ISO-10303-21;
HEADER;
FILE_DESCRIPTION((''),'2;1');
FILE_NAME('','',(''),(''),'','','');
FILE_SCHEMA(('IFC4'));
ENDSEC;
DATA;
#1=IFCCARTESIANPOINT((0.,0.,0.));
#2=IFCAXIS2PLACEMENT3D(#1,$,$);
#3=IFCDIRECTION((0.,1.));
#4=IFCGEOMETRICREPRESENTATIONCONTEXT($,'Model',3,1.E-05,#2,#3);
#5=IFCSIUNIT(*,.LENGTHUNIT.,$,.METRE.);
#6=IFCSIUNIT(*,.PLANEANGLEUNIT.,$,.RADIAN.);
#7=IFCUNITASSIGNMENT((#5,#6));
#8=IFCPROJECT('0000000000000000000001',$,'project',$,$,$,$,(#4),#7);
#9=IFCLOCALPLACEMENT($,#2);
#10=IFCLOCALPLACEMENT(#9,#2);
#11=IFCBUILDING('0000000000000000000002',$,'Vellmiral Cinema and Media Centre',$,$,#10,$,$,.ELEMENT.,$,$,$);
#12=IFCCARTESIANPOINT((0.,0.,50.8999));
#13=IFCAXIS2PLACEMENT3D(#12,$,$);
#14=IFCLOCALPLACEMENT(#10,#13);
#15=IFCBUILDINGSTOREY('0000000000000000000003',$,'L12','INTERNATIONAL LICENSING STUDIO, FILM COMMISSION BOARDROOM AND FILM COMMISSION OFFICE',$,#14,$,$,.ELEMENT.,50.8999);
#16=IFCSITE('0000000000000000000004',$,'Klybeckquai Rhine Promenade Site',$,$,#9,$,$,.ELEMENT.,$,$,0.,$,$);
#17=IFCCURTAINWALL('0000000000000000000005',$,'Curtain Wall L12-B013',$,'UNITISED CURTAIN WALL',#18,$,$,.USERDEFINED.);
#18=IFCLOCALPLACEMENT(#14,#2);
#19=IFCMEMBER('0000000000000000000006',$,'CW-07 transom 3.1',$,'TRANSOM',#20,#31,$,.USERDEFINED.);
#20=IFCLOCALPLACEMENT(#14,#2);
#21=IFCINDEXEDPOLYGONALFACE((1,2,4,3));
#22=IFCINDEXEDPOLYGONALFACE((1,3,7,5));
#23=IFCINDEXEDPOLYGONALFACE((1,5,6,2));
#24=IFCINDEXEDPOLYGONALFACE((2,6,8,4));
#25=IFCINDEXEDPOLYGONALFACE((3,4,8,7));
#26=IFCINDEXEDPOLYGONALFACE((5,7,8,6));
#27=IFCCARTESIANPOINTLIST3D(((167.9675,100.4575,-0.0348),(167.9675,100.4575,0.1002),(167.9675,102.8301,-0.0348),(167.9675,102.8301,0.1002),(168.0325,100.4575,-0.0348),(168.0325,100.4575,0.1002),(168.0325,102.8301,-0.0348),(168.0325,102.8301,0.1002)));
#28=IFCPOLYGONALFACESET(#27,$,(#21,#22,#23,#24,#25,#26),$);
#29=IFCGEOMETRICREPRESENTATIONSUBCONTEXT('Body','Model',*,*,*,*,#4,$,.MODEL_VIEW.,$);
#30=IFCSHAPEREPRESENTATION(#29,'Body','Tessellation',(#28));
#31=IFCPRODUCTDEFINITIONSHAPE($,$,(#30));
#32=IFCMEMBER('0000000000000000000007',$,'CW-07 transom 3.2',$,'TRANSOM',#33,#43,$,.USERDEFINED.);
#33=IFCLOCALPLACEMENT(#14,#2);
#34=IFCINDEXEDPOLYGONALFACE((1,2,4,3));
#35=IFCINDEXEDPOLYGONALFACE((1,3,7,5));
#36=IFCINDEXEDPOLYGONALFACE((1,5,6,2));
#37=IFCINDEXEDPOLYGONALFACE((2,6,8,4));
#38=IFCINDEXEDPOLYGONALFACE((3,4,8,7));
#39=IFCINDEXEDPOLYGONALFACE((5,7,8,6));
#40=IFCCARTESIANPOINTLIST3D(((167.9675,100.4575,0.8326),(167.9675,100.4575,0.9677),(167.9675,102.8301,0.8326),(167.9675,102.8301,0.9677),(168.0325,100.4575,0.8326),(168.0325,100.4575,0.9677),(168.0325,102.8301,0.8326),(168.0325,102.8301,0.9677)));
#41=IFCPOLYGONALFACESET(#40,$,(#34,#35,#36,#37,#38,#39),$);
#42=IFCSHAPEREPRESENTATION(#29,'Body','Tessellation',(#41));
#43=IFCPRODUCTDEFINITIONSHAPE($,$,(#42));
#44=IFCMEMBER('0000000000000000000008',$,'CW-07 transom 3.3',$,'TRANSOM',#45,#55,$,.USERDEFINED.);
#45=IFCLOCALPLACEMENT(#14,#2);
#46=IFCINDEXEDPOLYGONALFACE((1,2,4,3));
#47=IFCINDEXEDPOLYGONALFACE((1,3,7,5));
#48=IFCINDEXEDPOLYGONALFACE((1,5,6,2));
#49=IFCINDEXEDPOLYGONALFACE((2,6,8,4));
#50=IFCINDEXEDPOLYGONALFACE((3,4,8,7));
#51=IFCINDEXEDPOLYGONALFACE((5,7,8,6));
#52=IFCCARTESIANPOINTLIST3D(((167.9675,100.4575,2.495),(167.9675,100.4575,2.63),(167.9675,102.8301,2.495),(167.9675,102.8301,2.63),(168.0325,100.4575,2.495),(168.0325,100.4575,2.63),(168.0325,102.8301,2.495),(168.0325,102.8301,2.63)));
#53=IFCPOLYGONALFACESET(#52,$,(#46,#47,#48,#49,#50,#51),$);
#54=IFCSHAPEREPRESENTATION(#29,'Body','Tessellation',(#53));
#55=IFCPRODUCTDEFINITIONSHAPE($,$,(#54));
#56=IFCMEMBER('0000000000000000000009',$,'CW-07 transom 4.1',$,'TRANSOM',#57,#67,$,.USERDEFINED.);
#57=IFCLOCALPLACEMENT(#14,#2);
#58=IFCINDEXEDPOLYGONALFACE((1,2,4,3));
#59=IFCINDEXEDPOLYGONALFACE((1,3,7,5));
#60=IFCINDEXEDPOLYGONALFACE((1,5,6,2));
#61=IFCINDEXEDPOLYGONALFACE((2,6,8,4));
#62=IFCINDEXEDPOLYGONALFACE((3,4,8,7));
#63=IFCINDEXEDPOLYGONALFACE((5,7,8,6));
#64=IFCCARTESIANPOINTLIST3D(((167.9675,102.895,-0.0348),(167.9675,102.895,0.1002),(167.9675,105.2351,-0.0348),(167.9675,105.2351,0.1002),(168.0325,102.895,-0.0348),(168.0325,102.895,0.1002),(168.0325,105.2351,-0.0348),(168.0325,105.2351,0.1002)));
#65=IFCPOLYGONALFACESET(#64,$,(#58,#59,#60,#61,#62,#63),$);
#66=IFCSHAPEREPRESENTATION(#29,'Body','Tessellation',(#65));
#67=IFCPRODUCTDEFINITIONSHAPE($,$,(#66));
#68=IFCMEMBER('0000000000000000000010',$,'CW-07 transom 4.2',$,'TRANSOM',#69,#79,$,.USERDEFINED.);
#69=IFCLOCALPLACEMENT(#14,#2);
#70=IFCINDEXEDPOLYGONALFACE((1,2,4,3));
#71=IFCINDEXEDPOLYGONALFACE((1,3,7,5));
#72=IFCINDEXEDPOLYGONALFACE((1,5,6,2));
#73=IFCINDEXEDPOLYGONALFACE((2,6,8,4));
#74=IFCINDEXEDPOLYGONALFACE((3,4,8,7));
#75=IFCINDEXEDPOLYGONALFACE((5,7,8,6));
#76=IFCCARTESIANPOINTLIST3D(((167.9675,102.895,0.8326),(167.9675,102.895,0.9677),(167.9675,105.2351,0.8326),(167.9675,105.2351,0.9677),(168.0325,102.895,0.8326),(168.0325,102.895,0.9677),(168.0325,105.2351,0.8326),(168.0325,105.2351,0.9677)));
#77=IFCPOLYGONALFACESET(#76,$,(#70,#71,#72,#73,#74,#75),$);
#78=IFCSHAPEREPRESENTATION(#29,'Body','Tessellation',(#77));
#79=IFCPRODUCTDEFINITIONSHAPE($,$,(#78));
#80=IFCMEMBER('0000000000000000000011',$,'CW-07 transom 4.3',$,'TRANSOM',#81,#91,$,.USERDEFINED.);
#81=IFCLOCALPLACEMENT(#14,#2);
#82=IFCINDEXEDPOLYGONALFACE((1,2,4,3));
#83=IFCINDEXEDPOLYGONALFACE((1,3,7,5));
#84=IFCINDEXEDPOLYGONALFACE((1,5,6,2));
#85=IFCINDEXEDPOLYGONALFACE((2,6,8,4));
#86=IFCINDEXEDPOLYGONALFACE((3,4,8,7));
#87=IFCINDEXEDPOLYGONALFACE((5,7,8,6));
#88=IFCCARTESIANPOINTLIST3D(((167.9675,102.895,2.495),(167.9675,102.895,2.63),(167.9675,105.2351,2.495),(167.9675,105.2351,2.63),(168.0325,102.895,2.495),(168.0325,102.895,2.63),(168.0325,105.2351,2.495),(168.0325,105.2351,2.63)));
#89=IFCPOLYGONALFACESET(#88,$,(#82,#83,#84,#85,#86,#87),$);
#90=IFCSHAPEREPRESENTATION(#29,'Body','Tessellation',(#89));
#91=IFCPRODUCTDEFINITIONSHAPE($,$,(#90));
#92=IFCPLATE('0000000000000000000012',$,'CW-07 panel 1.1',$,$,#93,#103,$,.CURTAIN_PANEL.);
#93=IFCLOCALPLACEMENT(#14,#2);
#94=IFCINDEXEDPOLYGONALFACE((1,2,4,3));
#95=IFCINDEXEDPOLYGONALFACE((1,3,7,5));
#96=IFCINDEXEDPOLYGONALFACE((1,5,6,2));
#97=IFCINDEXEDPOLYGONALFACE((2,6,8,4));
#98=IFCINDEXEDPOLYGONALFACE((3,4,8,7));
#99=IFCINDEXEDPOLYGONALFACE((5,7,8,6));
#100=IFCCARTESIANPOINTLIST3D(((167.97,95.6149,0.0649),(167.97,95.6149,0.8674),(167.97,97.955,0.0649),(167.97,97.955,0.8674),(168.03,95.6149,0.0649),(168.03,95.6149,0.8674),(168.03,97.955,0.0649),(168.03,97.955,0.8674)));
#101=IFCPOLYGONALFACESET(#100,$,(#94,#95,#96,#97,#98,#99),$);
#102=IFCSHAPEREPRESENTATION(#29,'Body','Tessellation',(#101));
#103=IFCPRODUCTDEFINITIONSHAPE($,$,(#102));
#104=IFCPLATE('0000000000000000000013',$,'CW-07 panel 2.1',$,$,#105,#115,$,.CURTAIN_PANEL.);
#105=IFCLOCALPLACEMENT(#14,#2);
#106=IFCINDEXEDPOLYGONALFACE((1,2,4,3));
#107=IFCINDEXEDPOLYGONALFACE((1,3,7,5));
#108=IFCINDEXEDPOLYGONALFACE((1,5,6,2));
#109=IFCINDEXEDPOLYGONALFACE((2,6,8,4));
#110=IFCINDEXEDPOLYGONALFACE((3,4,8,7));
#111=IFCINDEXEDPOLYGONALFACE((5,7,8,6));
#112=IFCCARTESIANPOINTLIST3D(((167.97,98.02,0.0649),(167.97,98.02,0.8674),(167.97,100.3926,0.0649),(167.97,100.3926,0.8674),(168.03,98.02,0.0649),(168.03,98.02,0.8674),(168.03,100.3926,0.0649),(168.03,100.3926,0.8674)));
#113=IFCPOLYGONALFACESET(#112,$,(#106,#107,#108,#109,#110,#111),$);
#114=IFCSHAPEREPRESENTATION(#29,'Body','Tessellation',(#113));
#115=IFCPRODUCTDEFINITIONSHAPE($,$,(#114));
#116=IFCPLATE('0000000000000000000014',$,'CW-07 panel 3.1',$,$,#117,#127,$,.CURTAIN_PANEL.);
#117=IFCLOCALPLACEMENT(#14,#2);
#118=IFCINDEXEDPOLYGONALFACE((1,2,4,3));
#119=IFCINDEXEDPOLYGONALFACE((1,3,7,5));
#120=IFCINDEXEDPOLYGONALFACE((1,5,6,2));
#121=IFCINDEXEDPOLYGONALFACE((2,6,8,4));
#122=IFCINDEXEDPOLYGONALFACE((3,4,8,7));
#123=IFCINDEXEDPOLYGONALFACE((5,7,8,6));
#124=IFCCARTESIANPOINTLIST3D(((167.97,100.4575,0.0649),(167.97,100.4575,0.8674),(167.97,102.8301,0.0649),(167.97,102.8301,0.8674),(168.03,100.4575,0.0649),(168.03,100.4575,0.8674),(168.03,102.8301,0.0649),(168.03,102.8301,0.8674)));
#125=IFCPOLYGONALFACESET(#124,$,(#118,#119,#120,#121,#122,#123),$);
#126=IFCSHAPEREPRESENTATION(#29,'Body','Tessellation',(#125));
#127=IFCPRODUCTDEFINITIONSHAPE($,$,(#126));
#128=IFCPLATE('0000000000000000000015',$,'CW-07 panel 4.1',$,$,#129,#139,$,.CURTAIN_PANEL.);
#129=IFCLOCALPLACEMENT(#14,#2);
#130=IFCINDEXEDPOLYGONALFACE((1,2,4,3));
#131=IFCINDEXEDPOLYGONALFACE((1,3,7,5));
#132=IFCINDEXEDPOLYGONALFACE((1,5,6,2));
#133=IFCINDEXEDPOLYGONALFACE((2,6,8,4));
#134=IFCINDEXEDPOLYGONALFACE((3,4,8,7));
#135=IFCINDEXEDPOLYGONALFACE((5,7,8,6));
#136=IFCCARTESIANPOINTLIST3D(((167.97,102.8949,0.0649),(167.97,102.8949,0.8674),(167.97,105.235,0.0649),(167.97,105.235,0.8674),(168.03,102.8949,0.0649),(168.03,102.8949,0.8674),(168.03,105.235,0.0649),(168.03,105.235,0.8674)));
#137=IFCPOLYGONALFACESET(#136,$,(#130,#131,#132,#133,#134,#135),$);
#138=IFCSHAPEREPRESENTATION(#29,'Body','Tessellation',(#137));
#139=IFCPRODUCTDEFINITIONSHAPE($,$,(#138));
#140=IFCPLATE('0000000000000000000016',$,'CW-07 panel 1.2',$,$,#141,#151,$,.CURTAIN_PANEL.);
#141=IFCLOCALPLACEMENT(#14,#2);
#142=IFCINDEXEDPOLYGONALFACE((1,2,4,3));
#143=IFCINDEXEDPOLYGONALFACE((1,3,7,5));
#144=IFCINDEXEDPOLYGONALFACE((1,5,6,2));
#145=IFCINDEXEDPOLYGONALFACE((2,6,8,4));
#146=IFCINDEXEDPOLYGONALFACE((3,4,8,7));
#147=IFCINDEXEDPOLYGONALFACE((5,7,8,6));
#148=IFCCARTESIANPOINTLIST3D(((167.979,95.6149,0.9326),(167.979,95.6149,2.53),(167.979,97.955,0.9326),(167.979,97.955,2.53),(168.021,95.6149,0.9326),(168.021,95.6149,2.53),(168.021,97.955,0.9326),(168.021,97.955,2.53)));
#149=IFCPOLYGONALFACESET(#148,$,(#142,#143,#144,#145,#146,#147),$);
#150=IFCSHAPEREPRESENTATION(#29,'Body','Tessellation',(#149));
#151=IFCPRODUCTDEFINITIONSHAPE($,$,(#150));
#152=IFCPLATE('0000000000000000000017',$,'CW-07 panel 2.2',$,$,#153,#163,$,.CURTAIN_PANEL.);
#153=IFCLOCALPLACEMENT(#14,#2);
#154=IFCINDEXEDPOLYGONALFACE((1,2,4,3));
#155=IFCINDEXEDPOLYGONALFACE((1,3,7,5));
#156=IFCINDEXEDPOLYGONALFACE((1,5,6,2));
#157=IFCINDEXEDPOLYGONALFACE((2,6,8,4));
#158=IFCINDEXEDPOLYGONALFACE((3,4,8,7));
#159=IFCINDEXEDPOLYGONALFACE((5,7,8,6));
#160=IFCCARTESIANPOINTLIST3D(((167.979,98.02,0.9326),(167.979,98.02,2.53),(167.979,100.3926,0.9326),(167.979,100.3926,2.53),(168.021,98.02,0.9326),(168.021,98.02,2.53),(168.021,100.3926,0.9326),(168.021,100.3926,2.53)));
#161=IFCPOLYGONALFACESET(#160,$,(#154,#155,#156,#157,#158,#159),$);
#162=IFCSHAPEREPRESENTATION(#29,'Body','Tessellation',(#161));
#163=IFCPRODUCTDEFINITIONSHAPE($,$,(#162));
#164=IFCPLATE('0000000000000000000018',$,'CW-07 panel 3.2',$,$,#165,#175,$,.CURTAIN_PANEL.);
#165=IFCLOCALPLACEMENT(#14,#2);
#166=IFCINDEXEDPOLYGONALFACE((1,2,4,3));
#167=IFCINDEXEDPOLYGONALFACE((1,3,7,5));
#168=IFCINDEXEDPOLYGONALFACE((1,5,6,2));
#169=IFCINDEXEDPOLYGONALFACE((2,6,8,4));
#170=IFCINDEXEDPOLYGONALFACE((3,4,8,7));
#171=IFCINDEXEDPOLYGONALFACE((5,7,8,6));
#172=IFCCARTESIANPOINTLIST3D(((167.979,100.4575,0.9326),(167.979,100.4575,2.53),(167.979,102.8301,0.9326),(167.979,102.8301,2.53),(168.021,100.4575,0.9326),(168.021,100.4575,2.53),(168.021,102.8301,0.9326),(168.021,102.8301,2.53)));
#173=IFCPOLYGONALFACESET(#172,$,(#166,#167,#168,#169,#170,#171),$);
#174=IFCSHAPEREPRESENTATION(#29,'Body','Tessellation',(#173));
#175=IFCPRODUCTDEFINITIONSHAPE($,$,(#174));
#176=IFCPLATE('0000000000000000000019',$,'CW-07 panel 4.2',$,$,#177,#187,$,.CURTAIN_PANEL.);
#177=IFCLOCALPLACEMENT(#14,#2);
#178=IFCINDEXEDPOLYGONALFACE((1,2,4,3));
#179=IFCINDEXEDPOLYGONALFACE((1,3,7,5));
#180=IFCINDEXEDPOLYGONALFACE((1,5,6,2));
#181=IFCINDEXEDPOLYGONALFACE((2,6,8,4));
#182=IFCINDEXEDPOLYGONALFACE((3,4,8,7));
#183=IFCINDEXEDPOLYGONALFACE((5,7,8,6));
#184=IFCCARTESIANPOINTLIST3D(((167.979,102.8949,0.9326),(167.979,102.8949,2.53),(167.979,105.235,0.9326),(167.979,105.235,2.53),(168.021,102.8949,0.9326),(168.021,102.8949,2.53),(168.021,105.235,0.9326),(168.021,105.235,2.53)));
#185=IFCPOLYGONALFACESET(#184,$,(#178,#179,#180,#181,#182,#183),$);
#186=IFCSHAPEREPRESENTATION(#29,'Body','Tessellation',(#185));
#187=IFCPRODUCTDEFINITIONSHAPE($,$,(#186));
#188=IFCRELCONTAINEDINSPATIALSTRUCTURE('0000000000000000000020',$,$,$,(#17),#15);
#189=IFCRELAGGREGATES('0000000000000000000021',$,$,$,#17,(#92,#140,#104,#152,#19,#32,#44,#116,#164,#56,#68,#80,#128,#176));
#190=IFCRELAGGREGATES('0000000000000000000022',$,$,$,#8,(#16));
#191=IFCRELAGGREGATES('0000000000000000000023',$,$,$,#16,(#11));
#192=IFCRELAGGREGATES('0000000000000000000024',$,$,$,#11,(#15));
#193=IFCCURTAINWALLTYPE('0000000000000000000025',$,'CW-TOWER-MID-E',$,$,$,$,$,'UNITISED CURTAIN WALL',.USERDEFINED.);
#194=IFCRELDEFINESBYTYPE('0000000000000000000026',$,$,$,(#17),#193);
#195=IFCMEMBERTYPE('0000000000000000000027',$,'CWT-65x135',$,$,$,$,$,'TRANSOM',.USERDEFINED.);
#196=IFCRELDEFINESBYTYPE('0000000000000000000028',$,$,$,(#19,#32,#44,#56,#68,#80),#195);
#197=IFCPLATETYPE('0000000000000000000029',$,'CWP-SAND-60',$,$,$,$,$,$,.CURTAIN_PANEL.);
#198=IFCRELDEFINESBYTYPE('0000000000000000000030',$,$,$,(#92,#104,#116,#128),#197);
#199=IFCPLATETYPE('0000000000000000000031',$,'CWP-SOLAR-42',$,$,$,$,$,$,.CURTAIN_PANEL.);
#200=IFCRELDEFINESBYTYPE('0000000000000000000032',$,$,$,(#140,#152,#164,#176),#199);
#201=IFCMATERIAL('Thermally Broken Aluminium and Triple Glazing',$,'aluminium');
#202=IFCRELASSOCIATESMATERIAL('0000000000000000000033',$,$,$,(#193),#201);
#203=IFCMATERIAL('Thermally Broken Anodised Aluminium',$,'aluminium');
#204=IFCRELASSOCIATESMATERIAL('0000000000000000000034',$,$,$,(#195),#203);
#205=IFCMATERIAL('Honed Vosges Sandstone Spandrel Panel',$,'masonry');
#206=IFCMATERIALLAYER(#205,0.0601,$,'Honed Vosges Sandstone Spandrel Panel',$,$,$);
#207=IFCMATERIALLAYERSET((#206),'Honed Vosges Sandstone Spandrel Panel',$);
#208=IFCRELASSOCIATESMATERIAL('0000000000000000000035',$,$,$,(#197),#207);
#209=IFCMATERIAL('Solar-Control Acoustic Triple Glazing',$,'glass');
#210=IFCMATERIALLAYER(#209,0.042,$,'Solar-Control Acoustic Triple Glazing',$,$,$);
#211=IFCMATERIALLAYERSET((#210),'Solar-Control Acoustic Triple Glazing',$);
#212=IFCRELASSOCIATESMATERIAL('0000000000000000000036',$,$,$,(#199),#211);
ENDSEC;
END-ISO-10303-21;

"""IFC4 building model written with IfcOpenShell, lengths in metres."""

from ifc_helpers import new_model, si_unit, direction, frame, origin, origin_2d, place, context, subcontext, project, spatial, rectangle, extrude, material, layer, layer_set, material_profile, profile_set, type_object, element, aggregate, save


model = new_model("IFC4")

# Units and contexts
model_context = context("Model", 3, precision=1e-05, world=origin(), true_north=direction((0.0, 1.0)))
body_context = subcontext(model_context, "Body", "Model", "MODEL_VIEW")
ifc_project = project(units=[si_unit("LENGTHUNIT", "METRE"), si_unit("PLANEANGLEUNIT", "RADIAN")], contexts=[model_context])

# Site, building, storey
site_placement = place(None, origin())
site = spatial("IfcSite", under=ifc_project, at=site_placement, Name="Klybeckquai Rhine Promenade Site", CompositionType="ELEMENT", RefElevation=0.0)
building_placement = place(site_placement, origin())
building = spatial("IfcBuilding", under=site, at=building_placement, Name="Vellmiral Cinema and Media Centre", CompositionType="ELEMENT")
storey_placement = place(building_placement, frame((0.0, 0.0, 50.8999)))
storey = spatial("IfcBuildingStorey", under=building, at=storey_placement, Name="L12", Description="INTERNATIONAL LICENSING STUDIO, FILM COMMISSION BOARDROOM AND FILM COMMISSION OFFICE", CompositionType="ELEMENT", Elevation=50.8999)

# Curtain wall, members, plates
ifc_material_1 = material(Name="Thermally Broken Aluminium and Triple Glazing", Category="aluminium")
curtain_wall_type = type_object("IfcCurtainWallType", Name="CW-TOWER-MID-E", ElementType="UNITISED CURTAIN WALL", PredefinedType="USERDEFINED", material=ifc_material_1)
curtain_wall_placement = place(storey_placement, origin())
curtain_wall = element("IfcCurtainWall", 1, at=curtain_wall_placement, inside=storey, type_object=curtain_wall_type, Name="Curtain Wall L12-B013", ObjectType="UNITISED CURTAIN WALL", PredefinedType="USERDEFINED")
ifc_material_2 = material(Name="Thermally Broken Anodised Aluminium", Category="aluminium")
ifc_material_profile_1 = material_profile(ifc_material_2, rectangle(XDim=0.0649, YDim=0.135, at=origin_2d()), Name="MULL 65x135")
ifc_profile_set_1 = profile_set([ifc_material_profile_1], Name="Thermally Broken Anodised Aluminium")
member_type_1 = type_object("IfcMemberType", Name="CWT-65x135", ElementType="TRANSOM", PredefinedType="USERDEFINED", material=ifc_profile_set_1)
member_1_placement = place(storey_placement, frame((168.0, 100.4575, 0.0327), z_axis=(0.0, 1.0, 0.0), x_axis=(-1.0, 0.0, 0.0)))
member_1 = element("IfcMember", 2, at=member_1_placement, type_object=member_type_1, Name="CW-07 transom 3.1", ObjectType="TRANSOM", PredefinedType="USERDEFINED", context=body_context, shape_type="SweptSolid", body=[
    extrude(rectangle(XDim=0.0649, YDim=0.135, at=origin_2d()), origin(), (0.0, 0.0, 1.0), 2.3726),
])
member_2_placement = place(storey_placement, frame((168.0, 100.4575, 0.9001), z_axis=(0.0, 1.0, 0.0), x_axis=(-1.0, 0.0, 0.0)))
member_2 = element("IfcMember", 3, at=member_2_placement, type_object=member_type_1, Name="CW-07 transom 3.2", ObjectType="TRANSOM", PredefinedType="USERDEFINED", context=body_context, shape_type="SweptSolid", body=[
    extrude(rectangle(XDim=0.0649, YDim=0.135, at=origin_2d()), origin(), (0.0, 0.0, 1.0), 2.3726),
])
member_3_placement = place(storey_placement, frame((168.0, 100.4575, 2.5625), z_axis=(0.0, 1.0, 0.0), x_axis=(-1.0, 0.0, 0.0)))
member_3 = element("IfcMember", 4, at=member_3_placement, type_object=member_type_1, Name="CW-07 transom 3.3", ObjectType="TRANSOM", PredefinedType="USERDEFINED", context=body_context, shape_type="SweptSolid", body=[
    extrude(rectangle(XDim=0.0649, YDim=0.135, at=origin_2d()), origin(), (0.0, 0.0, 1.0), 2.3726),
])
member_4_placement = place(storey_placement, frame((168.0, 102.895, 0.0327), z_axis=(0.0, 1.0, 0.0), x_axis=(-1.0, 0.0, 0.0)))
member_4 = element("IfcMember", 5, at=member_4_placement, type_object=member_type_1, Name="CW-07 transom 4.1", ObjectType="TRANSOM", PredefinedType="USERDEFINED", context=body_context, shape_type="SweptSolid", body=[
    extrude(rectangle(XDim=0.0649, YDim=0.135, at=origin_2d()), origin(), (0.0, 0.0, 1.0), 2.3401),
])
member_5_placement = place(storey_placement, frame((168.0, 102.895, 0.9001), z_axis=(0.0, 1.0, 0.0), x_axis=(-1.0, 0.0, 0.0)))
member_5 = element("IfcMember", 6, at=member_5_placement, type_object=member_type_1, Name="CW-07 transom 4.2", ObjectType="TRANSOM", PredefinedType="USERDEFINED", context=body_context, shape_type="SweptSolid", body=[
    extrude(rectangle(XDim=0.0649, YDim=0.135, at=origin_2d()), origin(), (0.0, 0.0, 1.0), 2.3401),
])
member_6_placement = place(storey_placement, frame((168.0, 102.895, 2.5625), z_axis=(0.0, 1.0, 0.0), x_axis=(-1.0, 0.0, 0.0)))
member_6 = element("IfcMember", 7, at=member_6_placement, type_object=member_type_1, Name="CW-07 transom 4.3", ObjectType="TRANSOM", PredefinedType="USERDEFINED", context=body_context, shape_type="SweptSolid", body=[
    extrude(rectangle(XDim=0.0649, YDim=0.135, at=origin_2d()), origin(), (0.0, 0.0, 1.0), 2.3401),
])
ifc_material_3 = material(Name="Honed Vosges Sandstone Spandrel Panel", Category="masonry")
ifc_layer_1 = layer(ifc_material_3, 0.0601, Name="Honed Vosges Sandstone Spandrel Panel")
ifc_layer_set_1 = layer_set([ifc_layer_1], Name="Honed Vosges Sandstone Spandrel Panel")
plate_type_1 = type_object("IfcPlateType", Name="CWP-SAND-60", PredefinedType="CURTAIN_PANEL", material=ifc_layer_set_1)
plate_1_placement = place(storey_placement, frame((168.0, 96.7849, 0.0649), z_axis=(0.0, 0.0, 1.0), x_axis=(0.0, 1.0, 0.0)))
plate_1 = element("IfcPlate", 8, at=plate_1_placement, type_object=plate_type_1, Name="CW-07 panel 1.1", PredefinedType="CURTAIN_PANEL", context=body_context, shape_type="SweptSolid", body=[
    extrude(rectangle(XDim=2.3401, YDim=0.0601, at=origin_2d()), origin(), (0.0, 0.0, 1.0), 0.8025),
])
plate_2_placement = place(storey_placement, frame((168.0, 99.2063, 0.0649), z_axis=(0.0, 0.0, 1.0), x_axis=(0.0, 1.0, 0.0)))
plate_2 = element("IfcPlate", 9, at=plate_2_placement, type_object=plate_type_1, Name="CW-07 panel 2.1", PredefinedType="CURTAIN_PANEL", context=body_context, shape_type="SweptSolid", body=[
    extrude(rectangle(XDim=2.3726, YDim=0.0601, at=origin_2d()), origin(), (0.0, 0.0, 1.0), 0.8025),
])
plate_3_placement = place(storey_placement, frame((168.0, 101.6438, 0.0649), z_axis=(0.0, 0.0, 1.0), x_axis=(0.0, 1.0, 0.0)))
plate_3 = element("IfcPlate", 10, at=plate_3_placement, type_object=plate_type_1, Name="CW-07 panel 3.1", PredefinedType="CURTAIN_PANEL", context=body_context, shape_type="SweptSolid", body=[
    extrude(rectangle(XDim=2.3726, YDim=0.0601, at=origin_2d()), origin(), (0.0, 0.0, 1.0), 0.8025),
])
plate_4_placement = place(storey_placement, frame((168.0, 104.0649, 0.0649), z_axis=(0.0, 0.0, 1.0), x_axis=(0.0, 1.0, 0.0)))
plate_4 = element("IfcPlate", 11, at=plate_4_placement, type_object=plate_type_1, Name="CW-07 panel 4.1", PredefinedType="CURTAIN_PANEL", context=body_context, shape_type="SweptSolid", body=[
    extrude(rectangle(XDim=2.3401, YDim=0.0601, at=origin_2d()), origin(), (0.0, 0.0, 1.0), 0.8025),
])
ifc_material_4 = material(Name="Solar-Control Acoustic Triple Glazing", Category="glass")
ifc_layer_2 = layer(ifc_material_4, 0.042, Name="Solar-Control Acoustic Triple Glazing")
ifc_layer_set_2 = layer_set([ifc_layer_2], Name="Solar-Control Acoustic Triple Glazing")
plate_type_2 = type_object("IfcPlateType", Name="CWP-SOLAR-42", PredefinedType="CURTAIN_PANEL", material=ifc_layer_set_2)
plate_5_placement = place(storey_placement, frame((168.0, 96.7849, 0.9326), z_axis=(0.0, 0.0, 1.0), x_axis=(0.0, 1.0, 0.0)))
plate_5 = element("IfcPlate", 12, at=plate_5_placement, type_object=plate_type_2, Name="CW-07 panel 1.2", PredefinedType="CURTAIN_PANEL", context=body_context, shape_type="SweptSolid", body=[
    extrude(rectangle(XDim=2.3401, YDim=0.042, at=origin_2d()), origin(), (0.0, 0.0, 1.0), 1.5974),
])
plate_6_placement = place(storey_placement, frame((168.0, 99.2063, 0.9326), z_axis=(0.0, 0.0, 1.0), x_axis=(0.0, 1.0, 0.0)))
plate_6 = element("IfcPlate", 13, at=plate_6_placement, type_object=plate_type_2, Name="CW-07 panel 2.2", PredefinedType="CURTAIN_PANEL", context=body_context, shape_type="SweptSolid", body=[
    extrude(rectangle(XDim=2.3726, YDim=0.042, at=origin_2d()), origin(), (0.0, 0.0, 1.0), 1.5974),
])
plate_7_placement = place(storey_placement, frame((168.0, 101.6438, 0.9326), z_axis=(0.0, 0.0, 1.0), x_axis=(0.0, 1.0, 0.0)))
plate_7 = element("IfcPlate", 14, at=plate_7_placement, type_object=plate_type_2, Name="CW-07 panel 3.2", PredefinedType="CURTAIN_PANEL", context=body_context, shape_type="SweptSolid", body=[
    extrude(rectangle(XDim=2.3726, YDim=0.042, at=origin_2d()), origin(), (0.0, 0.0, 1.0), 1.5974),
])
plate_8_placement = place(storey_placement, frame((168.0, 104.0649, 0.9326), z_axis=(0.0, 0.0, 1.0), x_axis=(0.0, 1.0, 0.0)))
plate_8 = element("IfcPlate", 15, at=plate_8_placement, type_object=plate_type_2, Name="CW-07 panel 4.2", PredefinedType="CURTAIN_PANEL", context=body_context, shape_type="SweptSolid", body=[
    extrude(rectangle(XDim=2.3401, YDim=0.042, at=origin_2d()), origin(), (0.0, 0.0, 1.0), 1.5974),
])
aggregate(curtain_wall, [plate_1, plate_5, plate_2, plate_6, member_1, member_2, member_3, plate_3, plate_7, member_4, member_5, member_6, plate_4, plate_8])

save(model, "model.ifc")
